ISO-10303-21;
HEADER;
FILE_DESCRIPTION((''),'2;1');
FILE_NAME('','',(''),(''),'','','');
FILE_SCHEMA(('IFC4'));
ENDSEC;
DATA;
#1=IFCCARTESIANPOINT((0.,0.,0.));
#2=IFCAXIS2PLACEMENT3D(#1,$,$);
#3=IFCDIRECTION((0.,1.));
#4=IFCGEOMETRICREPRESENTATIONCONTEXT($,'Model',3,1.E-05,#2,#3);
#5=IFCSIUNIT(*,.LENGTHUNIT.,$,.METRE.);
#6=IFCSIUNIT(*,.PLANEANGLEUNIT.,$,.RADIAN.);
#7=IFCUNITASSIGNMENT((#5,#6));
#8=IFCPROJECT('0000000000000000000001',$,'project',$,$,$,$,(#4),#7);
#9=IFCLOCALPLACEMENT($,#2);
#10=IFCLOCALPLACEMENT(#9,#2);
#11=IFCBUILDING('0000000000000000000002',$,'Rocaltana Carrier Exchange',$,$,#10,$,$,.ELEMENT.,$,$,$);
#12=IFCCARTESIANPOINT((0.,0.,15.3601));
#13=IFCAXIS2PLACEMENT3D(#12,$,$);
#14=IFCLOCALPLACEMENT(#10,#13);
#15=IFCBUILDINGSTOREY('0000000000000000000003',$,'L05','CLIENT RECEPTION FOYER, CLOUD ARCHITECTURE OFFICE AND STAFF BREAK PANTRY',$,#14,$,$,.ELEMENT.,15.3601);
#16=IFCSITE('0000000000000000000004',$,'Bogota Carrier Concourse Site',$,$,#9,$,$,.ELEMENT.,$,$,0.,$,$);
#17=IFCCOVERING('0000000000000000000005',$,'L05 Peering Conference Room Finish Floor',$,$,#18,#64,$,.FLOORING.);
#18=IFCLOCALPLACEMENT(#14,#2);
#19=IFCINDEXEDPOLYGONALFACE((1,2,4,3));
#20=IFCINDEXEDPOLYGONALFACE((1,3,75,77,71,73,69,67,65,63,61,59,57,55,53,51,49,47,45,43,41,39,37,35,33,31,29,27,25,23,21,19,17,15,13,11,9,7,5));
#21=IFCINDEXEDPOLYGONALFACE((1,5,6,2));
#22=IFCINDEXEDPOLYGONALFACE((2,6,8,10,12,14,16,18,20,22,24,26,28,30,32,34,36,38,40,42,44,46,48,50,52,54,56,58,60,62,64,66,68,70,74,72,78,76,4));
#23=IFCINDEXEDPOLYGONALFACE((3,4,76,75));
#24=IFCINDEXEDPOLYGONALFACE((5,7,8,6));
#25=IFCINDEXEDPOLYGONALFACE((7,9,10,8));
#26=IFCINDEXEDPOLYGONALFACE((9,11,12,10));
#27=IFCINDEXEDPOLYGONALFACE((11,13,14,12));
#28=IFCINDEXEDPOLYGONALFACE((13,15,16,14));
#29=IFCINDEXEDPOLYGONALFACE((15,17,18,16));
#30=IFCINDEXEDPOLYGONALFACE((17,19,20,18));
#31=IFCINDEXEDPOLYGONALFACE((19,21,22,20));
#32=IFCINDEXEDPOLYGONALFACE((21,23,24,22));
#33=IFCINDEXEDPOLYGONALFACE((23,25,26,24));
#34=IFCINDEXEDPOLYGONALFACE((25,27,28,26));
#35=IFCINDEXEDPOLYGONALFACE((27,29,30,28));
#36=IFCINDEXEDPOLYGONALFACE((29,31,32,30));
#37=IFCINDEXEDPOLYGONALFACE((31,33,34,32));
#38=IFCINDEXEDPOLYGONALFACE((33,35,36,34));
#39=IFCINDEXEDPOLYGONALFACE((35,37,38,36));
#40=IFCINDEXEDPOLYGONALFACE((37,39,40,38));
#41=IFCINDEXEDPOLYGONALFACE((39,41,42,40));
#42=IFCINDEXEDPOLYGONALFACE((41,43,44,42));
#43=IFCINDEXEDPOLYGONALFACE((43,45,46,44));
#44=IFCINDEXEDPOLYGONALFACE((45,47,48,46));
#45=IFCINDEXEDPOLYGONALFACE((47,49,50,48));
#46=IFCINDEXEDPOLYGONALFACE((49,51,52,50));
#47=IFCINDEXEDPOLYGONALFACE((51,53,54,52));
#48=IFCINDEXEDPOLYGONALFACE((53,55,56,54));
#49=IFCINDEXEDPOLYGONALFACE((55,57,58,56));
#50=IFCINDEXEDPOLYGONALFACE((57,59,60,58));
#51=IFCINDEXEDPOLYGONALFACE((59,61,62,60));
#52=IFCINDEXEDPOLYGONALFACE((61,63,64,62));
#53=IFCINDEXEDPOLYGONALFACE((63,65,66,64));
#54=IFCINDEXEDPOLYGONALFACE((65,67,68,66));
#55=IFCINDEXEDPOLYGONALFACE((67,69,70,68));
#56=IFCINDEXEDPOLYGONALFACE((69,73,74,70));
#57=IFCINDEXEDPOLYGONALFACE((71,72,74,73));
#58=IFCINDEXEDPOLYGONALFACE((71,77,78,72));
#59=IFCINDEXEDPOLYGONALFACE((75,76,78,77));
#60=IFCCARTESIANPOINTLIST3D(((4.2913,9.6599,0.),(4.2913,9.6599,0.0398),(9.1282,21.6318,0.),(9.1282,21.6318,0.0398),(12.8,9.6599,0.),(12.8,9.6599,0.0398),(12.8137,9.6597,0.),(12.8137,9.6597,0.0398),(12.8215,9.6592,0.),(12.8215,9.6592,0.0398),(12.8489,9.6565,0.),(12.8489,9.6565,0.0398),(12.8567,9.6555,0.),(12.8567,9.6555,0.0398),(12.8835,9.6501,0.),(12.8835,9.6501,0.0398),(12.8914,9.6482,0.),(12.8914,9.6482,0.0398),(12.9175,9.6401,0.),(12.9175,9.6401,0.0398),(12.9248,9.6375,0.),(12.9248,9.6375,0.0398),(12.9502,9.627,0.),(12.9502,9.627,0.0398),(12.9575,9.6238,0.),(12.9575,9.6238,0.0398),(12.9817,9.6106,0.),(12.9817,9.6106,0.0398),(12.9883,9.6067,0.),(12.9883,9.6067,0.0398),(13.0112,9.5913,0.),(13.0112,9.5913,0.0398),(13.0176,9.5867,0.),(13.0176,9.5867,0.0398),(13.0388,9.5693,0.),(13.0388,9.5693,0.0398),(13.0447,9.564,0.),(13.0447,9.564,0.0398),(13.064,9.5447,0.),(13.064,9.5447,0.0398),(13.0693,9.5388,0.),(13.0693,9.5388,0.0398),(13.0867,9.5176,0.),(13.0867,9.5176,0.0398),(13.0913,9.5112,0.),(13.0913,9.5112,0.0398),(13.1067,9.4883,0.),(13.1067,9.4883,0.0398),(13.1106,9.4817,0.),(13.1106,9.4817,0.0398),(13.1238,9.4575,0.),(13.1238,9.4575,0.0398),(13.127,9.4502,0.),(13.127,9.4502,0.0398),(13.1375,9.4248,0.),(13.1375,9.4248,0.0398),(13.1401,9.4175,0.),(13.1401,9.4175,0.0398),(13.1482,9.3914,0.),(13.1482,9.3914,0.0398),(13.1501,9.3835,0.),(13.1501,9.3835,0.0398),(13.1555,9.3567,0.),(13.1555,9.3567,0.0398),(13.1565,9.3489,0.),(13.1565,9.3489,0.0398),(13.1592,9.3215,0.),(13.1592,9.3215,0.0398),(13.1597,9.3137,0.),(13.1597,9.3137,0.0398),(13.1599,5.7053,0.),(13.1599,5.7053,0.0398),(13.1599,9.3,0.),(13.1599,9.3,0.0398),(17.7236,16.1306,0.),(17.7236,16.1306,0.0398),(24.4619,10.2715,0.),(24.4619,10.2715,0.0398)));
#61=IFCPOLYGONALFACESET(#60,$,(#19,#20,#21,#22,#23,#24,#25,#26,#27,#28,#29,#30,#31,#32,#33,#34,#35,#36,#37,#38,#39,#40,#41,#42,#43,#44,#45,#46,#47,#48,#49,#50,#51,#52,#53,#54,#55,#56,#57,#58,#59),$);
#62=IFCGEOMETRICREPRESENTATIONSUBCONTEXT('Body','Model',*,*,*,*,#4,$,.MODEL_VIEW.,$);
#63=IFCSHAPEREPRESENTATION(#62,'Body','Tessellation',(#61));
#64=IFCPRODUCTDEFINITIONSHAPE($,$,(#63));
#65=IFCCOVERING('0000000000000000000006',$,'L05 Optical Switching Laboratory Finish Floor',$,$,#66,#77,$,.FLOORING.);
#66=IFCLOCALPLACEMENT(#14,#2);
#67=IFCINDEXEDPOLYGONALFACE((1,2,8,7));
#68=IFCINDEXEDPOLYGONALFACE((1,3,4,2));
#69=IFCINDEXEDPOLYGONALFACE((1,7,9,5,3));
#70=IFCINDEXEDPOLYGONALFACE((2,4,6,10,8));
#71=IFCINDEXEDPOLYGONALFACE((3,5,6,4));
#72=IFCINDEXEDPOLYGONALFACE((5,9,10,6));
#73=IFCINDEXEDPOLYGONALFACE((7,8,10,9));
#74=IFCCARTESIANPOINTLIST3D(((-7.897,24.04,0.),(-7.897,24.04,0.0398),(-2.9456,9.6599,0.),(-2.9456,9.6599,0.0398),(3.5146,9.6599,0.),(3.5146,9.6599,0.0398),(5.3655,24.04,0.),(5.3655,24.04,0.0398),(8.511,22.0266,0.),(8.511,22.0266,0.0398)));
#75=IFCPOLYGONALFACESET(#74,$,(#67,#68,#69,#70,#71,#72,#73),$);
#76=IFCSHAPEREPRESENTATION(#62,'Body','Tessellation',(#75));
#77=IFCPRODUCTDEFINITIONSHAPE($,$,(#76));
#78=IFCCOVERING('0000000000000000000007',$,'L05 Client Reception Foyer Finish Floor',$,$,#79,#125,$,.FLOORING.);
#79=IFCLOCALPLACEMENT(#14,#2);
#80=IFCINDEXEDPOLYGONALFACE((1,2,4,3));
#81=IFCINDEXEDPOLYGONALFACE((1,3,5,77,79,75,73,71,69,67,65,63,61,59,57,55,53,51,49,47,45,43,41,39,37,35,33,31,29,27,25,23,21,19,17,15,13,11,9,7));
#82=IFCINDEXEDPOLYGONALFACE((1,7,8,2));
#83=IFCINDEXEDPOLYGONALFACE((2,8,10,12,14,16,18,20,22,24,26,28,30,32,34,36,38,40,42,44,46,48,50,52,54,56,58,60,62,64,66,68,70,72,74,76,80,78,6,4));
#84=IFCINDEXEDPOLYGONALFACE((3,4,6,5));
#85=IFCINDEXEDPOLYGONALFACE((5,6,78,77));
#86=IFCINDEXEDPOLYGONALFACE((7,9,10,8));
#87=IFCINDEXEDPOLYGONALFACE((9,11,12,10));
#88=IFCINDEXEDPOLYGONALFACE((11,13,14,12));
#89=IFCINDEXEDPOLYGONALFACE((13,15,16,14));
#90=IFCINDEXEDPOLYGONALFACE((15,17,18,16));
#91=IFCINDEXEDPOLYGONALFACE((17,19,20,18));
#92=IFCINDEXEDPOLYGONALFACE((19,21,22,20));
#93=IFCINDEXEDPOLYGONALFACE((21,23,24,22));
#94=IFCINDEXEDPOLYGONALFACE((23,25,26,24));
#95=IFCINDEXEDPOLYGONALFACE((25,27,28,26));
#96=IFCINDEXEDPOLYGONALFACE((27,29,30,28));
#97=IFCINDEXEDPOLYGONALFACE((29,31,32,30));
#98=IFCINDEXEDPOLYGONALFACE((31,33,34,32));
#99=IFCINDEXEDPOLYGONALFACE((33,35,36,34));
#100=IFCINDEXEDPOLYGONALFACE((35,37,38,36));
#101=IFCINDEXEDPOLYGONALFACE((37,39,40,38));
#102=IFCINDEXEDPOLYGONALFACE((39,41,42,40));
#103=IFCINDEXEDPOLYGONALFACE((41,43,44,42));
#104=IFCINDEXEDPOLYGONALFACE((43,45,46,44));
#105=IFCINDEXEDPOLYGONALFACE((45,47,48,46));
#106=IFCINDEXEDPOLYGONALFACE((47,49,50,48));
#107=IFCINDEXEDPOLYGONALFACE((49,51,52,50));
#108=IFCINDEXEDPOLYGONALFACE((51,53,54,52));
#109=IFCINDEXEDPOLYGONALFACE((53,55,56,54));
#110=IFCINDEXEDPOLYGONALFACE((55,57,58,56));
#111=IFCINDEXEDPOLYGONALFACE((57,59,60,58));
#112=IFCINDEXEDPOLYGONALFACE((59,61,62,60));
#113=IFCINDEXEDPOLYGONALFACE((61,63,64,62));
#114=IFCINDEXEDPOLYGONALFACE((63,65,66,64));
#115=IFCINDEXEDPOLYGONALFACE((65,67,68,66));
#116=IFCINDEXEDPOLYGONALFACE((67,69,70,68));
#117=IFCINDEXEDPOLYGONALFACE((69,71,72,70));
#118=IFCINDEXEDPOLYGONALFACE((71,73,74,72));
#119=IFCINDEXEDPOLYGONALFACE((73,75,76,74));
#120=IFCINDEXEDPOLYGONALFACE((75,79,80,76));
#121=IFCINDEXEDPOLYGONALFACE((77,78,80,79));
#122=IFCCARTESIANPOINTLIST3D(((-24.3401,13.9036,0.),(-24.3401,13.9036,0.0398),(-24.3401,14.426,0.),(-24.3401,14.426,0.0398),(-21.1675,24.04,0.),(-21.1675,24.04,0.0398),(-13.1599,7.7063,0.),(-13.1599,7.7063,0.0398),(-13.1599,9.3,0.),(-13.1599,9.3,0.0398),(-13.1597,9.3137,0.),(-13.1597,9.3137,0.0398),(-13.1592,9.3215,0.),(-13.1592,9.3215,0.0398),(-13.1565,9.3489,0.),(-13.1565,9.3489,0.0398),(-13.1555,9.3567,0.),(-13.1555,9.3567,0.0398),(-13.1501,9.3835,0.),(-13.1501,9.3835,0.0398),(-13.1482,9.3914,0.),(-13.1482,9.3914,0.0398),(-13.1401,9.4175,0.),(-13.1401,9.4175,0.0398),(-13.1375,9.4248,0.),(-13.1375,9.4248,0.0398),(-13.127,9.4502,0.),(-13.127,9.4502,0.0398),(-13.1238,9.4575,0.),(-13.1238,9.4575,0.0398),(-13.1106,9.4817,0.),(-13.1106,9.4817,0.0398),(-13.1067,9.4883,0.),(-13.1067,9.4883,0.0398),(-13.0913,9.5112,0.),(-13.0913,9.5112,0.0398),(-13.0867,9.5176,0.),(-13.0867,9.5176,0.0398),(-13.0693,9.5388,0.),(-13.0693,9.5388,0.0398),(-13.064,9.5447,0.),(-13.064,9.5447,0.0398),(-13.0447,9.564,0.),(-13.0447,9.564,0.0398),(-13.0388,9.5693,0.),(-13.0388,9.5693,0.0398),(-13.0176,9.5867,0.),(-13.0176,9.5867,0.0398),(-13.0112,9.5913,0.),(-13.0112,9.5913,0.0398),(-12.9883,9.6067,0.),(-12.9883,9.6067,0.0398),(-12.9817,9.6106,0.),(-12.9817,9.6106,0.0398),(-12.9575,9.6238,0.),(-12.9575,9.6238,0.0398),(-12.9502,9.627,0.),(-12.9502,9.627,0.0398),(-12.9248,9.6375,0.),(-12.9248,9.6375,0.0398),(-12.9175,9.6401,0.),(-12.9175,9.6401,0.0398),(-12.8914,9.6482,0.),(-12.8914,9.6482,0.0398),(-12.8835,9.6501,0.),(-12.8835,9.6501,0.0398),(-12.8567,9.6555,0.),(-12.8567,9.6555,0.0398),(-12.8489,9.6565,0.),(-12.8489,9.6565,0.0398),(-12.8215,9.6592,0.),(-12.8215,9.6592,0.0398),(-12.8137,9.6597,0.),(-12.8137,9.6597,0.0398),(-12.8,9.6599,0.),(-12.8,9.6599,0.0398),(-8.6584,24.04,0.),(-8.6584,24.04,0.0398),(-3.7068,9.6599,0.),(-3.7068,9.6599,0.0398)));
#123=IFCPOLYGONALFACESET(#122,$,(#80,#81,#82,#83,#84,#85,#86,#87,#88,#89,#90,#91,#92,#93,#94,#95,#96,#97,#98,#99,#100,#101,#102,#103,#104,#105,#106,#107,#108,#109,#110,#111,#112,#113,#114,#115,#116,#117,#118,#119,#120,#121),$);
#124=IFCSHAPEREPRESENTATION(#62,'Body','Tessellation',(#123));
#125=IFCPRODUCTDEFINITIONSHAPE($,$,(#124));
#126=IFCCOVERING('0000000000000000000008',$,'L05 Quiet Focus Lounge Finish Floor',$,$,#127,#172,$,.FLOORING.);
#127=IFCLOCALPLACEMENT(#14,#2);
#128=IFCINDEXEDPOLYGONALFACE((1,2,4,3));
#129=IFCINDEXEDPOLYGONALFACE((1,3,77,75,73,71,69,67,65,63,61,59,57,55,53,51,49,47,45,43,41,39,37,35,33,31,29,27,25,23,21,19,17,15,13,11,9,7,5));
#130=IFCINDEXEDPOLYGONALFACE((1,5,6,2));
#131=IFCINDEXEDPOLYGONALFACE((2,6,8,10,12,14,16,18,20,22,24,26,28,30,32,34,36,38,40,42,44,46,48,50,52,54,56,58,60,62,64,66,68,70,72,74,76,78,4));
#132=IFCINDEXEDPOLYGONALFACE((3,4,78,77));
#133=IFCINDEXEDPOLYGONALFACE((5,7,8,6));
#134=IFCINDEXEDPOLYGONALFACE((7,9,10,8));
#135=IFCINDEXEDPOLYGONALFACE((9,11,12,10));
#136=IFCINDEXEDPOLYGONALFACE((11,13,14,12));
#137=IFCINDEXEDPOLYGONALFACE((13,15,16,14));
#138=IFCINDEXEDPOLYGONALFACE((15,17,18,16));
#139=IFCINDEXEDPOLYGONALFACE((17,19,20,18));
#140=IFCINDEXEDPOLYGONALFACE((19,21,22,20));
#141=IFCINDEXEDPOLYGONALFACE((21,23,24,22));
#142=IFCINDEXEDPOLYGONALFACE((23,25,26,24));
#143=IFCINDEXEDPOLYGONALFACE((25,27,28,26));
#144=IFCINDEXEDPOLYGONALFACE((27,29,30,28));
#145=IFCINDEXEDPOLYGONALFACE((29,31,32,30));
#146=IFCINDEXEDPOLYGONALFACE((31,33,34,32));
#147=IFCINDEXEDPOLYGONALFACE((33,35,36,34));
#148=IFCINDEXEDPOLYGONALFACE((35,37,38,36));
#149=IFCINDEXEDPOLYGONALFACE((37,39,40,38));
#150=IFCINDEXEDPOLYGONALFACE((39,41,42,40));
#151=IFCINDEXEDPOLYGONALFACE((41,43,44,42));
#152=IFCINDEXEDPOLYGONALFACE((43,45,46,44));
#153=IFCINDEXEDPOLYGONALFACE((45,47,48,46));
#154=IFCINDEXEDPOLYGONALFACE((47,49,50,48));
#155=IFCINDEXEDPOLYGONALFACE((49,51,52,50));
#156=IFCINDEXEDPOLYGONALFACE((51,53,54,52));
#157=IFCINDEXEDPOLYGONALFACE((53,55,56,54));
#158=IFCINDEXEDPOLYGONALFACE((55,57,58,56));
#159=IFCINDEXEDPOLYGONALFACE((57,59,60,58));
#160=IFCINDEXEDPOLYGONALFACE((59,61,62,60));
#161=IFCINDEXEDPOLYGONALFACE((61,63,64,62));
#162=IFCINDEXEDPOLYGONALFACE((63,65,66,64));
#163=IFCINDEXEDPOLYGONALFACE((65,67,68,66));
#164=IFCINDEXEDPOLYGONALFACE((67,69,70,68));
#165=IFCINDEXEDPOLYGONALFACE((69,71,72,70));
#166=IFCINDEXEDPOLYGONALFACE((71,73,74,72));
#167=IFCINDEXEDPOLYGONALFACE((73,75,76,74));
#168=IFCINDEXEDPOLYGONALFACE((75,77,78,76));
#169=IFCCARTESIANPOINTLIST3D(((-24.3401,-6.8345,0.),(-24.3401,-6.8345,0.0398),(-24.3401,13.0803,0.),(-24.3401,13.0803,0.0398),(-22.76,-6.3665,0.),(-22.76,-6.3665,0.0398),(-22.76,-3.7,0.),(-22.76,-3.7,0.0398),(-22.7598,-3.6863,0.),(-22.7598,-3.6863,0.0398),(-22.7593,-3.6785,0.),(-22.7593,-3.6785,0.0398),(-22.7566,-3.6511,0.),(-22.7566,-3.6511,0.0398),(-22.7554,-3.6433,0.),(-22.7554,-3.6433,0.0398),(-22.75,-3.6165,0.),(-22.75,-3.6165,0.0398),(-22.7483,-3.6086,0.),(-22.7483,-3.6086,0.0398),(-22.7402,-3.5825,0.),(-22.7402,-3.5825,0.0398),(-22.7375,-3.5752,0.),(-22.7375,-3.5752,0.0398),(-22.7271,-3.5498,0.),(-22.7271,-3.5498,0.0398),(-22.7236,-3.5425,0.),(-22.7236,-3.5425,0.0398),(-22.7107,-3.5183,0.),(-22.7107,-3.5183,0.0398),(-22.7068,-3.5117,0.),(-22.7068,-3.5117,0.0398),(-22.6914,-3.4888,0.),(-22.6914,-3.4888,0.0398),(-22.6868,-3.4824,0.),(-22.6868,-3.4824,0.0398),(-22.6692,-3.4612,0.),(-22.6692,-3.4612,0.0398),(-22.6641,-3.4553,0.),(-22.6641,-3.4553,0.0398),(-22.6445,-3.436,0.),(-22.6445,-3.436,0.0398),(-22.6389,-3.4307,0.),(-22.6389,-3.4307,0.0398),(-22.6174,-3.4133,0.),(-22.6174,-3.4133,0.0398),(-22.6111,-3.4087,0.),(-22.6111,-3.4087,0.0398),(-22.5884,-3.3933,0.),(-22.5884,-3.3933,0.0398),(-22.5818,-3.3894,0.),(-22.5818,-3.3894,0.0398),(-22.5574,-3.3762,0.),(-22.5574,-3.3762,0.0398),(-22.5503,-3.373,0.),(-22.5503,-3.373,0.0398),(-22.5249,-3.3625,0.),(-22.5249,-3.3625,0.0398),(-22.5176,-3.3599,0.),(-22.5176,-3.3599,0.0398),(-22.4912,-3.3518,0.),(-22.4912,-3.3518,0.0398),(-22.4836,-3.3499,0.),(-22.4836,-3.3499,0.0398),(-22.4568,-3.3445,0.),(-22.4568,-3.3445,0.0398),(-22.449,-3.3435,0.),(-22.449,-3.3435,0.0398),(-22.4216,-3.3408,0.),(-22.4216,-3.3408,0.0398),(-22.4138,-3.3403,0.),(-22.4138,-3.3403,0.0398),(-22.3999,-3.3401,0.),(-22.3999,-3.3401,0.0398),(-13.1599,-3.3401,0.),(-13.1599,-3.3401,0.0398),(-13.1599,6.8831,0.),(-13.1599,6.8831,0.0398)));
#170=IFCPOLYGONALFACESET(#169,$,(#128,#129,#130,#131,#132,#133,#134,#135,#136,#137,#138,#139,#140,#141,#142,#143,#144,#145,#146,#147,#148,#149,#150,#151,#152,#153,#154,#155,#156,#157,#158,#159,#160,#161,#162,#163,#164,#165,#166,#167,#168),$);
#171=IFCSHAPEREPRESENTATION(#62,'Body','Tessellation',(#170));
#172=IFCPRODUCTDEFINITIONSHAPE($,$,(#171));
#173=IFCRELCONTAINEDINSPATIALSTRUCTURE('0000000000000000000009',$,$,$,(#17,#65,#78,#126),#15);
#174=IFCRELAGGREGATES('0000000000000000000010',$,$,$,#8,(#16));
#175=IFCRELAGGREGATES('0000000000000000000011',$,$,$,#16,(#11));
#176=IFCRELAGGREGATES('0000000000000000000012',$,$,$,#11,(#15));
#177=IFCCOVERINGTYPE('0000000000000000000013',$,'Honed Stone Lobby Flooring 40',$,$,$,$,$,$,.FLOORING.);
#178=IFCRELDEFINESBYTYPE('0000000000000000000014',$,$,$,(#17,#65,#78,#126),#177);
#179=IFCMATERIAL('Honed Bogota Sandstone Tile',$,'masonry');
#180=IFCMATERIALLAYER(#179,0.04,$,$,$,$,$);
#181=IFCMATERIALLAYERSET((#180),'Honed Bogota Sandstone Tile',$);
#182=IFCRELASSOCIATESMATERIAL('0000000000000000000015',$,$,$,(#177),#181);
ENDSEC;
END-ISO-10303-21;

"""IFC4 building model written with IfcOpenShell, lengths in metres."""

from ifc_helpers import new_model, si_unit, direction, frame, origin, place, context, subcontext, project, spatial, polyline, outline, extrude, material, layer, layer_set, type_object, element, save


model = new_model("IFC4")

# Units and contexts
model_context = context("Model", 3, precision=1e-05, world=origin(), true_north=direction((0.0, 1.0)))
body_context = subcontext(model_context, "Body", "Model", "MODEL_VIEW")
ifc_project = project(units=[si_unit("LENGTHUNIT", "METRE"), si_unit("PLANEANGLEUNIT", "RADIAN")], contexts=[model_context])

# Site, building, storey
site_placement = place(None, origin())
site = spatial("IfcSite", under=ifc_project, at=site_placement, Name="Bogota Carrier Concourse Site", CompositionType="ELEMENT", RefElevation=0.0)
building_placement = place(site_placement, origin())
building = spatial("IfcBuilding", under=site, at=building_placement, Name="Rocaltana Carrier Exchange", CompositionType="ELEMENT")
storey_placement = place(building_placement, frame((0.0, 0.0, 15.3601)))
storey = spatial("IfcBuildingStorey", under=building, at=storey_placement, Name="L05", Description="CLIENT RECEPTION FOYER, CLOUD ARCHITECTURE OFFICE AND STAFF BREAK PANTRY", CompositionType="ELEMENT", Elevation=15.3601)

# Coverings
ifc_material_1 = material(Name="Honed Bogota Sandstone Tile", Category="masonry")
ifc_layer_1 = layer(ifc_material_1, 0.04)
ifc_layer_set_1 = layer_set([ifc_layer_1], Name="Honed Bogota Sandstone Tile")
covering_type_1 = type_object("IfcCoveringType", Name="Honed Stone Lobby Flooring 40", PredefinedType="FLOORING", material=ifc_layer_set_1)
covering_1_placement = place(storey_placement, origin())
element("IfcCovering", 1, at=covering_1_placement, inside=storey, type_object=covering_type_1, Name="L05 Peering Conference Room Finish Floor", PredefinedType="FLOORING", context=body_context, shape_type="SweptSolid", body=[
    extrude(outline(polyline([(17.7236, 16.1306), (24.4619, 10.2715), (13.1599, 5.7053), (13.1599, 9.3), (13.1597, 9.3137), (13.1592, 9.3215), (13.1565, 9.3489), (13.1555, 9.3567), (13.1501, 9.3835), (13.1482, 9.3914), (13.1401, 9.4175), (13.1375, 9.4248), (13.127, 9.4502), (13.1238, 9.4575), (13.1106, 9.4817), (13.1067, 9.4883), (13.0913, 9.5112), (13.0867, 9.5176), (13.0693, 9.5388), (13.064, 9.5447), (13.0447, 9.564), (13.0388, 9.5693), (13.0176, 9.5867), (13.0112, 9.5913), (12.9883, 9.6067), (12.9817, 9.6106), (12.9575, 9.6238), (12.9502, 9.627), (12.9248, 9.6375), (12.9175, 9.6401), (12.8914, 9.6482), (12.8835, 9.6501), (12.8567, 9.6555), (12.8489, 9.6565), (12.8215, 9.6592), (12.8137, 9.6597), (12.8, 9.6599), (4.2913, 9.6599), (9.1282, 21.6318), (17.7236, 16.1306)])), origin(), (0.0, 0.0, 1.0), 0.0398),
])
covering_2_placement = place(storey_placement, origin())
element("IfcCovering", 2, at=covering_2_placement, inside=storey, type_object=covering_type_1, Name="L05 Optical Switching Laboratory Finish Floor", PredefinedType="FLOORING", context=body_context, shape_type="SweptSolid", body=[
    extrude(outline(polyline([(5.3655, 24.04), (8.511, 22.0266), (3.5146, 9.6599), (-2.9456, 9.6599), (-7.897, 24.04), (5.3655, 24.04)])), origin(), (0.0, 0.0, 1.0), 0.0398),
])
covering_3_placement = place(storey_placement, origin())
element("IfcCovering", 3, at=covering_3_placement, inside=storey, type_object=covering_type_1, Name="L05 Client Reception Foyer Finish Floor", PredefinedType="FLOORING", context=body_context, shape_type="SweptSolid", body=[
    extrude(outline(polyline([(-24.3401, 14.426), (-21.1675, 24.04), (-8.6584, 24.04), (-3.7068, 9.6599), (-12.8, 9.6599), (-12.8137, 9.6597), (-12.8215, 9.6592), (-12.8489, 9.6565), (-12.8567, 9.6555), (-12.8835, 9.6501), (-12.8914, 9.6482), (-12.9175, 9.6401), (-12.9248, 9.6375), (-12.9502, 9.627), (-12.9575, 9.6238), (-12.9817, 9.6106), (-12.9883, 9.6067), (-13.0112, 9.5913), (-13.0176, 9.5867), (-13.0388, 9.5693), (-13.0447, 9.564), (-13.064, 9.5447), (-13.0693, 9.5388), (-13.0867, 9.5176), (-13.0913, 9.5112), (-13.1067, 9.4883), (-13.1106, 9.4817), (-13.1238, 9.4575), (-13.127, 9.4502), (-13.1375, 9.4248), (-13.1401, 9.4175), (-13.1482, 9.3914), (-13.1501, 9.3835), (-13.1555, 9.3567), (-13.1565, 9.3489), (-13.1592, 9.3215), (-13.1597, 9.3137), (-13.1599, 9.3), (-13.1599, 7.7063), (-24.3401, 13.9036), (-24.3401, 14.426)])), origin(), (0.0, 0.0, 1.0), 0.0398),
])
covering_4_placement = place(storey_placement, origin())
element("IfcCovering", 4, at=covering_4_placement, inside=storey, type_object=covering_type_1, Name="L05 Quiet Focus Lounge Finish Floor", PredefinedType="FLOORING", context=body_context, shape_type="SweptSolid", body=[
    extrude(outline(polyline([(-24.3401, 13.0803), (-13.1599, 6.8831), (-13.1599, -3.3401), (-22.3999, -3.3401), (-22.4138, -3.3403), (-22.4216, -3.3408), (-22.449, -3.3435), (-22.4568, -3.3445), (-22.4836, -3.3499), (-22.4912, -3.3518), (-22.5176, -3.3599), (-22.5249, -3.3625), (-22.5503, -3.373), (-22.5574, -3.3762), (-22.5818, -3.3894), (-22.5884, -3.3933), (-22.6111, -3.4087), (-22.6174, -3.4133), (-22.6389, -3.4307), (-22.6445, -3.436), (-22.6641, -3.4553), (-22.6692, -3.4612), (-22.6868, -3.4824), (-22.6914, -3.4888), (-22.7068, -3.5117), (-22.7107, -3.5183), (-22.7236, -3.5425), (-22.7271, -3.5498), (-22.7375, -3.5752), (-22.7402, -3.5825), (-22.7483, -3.6086), (-22.75, -3.6165), (-22.7554, -3.6433), (-22.7566, -3.6511), (-22.7593, -3.6785), (-22.7598, -3.6863), (-22.76, -3.7), (-22.76, -6.3665), (-24.3401, -6.8345), (-24.3401, 13.0803)])), origin(), (0.0, 0.0, 1.0), 0.0398),
])

save(model, "model.ifc")
